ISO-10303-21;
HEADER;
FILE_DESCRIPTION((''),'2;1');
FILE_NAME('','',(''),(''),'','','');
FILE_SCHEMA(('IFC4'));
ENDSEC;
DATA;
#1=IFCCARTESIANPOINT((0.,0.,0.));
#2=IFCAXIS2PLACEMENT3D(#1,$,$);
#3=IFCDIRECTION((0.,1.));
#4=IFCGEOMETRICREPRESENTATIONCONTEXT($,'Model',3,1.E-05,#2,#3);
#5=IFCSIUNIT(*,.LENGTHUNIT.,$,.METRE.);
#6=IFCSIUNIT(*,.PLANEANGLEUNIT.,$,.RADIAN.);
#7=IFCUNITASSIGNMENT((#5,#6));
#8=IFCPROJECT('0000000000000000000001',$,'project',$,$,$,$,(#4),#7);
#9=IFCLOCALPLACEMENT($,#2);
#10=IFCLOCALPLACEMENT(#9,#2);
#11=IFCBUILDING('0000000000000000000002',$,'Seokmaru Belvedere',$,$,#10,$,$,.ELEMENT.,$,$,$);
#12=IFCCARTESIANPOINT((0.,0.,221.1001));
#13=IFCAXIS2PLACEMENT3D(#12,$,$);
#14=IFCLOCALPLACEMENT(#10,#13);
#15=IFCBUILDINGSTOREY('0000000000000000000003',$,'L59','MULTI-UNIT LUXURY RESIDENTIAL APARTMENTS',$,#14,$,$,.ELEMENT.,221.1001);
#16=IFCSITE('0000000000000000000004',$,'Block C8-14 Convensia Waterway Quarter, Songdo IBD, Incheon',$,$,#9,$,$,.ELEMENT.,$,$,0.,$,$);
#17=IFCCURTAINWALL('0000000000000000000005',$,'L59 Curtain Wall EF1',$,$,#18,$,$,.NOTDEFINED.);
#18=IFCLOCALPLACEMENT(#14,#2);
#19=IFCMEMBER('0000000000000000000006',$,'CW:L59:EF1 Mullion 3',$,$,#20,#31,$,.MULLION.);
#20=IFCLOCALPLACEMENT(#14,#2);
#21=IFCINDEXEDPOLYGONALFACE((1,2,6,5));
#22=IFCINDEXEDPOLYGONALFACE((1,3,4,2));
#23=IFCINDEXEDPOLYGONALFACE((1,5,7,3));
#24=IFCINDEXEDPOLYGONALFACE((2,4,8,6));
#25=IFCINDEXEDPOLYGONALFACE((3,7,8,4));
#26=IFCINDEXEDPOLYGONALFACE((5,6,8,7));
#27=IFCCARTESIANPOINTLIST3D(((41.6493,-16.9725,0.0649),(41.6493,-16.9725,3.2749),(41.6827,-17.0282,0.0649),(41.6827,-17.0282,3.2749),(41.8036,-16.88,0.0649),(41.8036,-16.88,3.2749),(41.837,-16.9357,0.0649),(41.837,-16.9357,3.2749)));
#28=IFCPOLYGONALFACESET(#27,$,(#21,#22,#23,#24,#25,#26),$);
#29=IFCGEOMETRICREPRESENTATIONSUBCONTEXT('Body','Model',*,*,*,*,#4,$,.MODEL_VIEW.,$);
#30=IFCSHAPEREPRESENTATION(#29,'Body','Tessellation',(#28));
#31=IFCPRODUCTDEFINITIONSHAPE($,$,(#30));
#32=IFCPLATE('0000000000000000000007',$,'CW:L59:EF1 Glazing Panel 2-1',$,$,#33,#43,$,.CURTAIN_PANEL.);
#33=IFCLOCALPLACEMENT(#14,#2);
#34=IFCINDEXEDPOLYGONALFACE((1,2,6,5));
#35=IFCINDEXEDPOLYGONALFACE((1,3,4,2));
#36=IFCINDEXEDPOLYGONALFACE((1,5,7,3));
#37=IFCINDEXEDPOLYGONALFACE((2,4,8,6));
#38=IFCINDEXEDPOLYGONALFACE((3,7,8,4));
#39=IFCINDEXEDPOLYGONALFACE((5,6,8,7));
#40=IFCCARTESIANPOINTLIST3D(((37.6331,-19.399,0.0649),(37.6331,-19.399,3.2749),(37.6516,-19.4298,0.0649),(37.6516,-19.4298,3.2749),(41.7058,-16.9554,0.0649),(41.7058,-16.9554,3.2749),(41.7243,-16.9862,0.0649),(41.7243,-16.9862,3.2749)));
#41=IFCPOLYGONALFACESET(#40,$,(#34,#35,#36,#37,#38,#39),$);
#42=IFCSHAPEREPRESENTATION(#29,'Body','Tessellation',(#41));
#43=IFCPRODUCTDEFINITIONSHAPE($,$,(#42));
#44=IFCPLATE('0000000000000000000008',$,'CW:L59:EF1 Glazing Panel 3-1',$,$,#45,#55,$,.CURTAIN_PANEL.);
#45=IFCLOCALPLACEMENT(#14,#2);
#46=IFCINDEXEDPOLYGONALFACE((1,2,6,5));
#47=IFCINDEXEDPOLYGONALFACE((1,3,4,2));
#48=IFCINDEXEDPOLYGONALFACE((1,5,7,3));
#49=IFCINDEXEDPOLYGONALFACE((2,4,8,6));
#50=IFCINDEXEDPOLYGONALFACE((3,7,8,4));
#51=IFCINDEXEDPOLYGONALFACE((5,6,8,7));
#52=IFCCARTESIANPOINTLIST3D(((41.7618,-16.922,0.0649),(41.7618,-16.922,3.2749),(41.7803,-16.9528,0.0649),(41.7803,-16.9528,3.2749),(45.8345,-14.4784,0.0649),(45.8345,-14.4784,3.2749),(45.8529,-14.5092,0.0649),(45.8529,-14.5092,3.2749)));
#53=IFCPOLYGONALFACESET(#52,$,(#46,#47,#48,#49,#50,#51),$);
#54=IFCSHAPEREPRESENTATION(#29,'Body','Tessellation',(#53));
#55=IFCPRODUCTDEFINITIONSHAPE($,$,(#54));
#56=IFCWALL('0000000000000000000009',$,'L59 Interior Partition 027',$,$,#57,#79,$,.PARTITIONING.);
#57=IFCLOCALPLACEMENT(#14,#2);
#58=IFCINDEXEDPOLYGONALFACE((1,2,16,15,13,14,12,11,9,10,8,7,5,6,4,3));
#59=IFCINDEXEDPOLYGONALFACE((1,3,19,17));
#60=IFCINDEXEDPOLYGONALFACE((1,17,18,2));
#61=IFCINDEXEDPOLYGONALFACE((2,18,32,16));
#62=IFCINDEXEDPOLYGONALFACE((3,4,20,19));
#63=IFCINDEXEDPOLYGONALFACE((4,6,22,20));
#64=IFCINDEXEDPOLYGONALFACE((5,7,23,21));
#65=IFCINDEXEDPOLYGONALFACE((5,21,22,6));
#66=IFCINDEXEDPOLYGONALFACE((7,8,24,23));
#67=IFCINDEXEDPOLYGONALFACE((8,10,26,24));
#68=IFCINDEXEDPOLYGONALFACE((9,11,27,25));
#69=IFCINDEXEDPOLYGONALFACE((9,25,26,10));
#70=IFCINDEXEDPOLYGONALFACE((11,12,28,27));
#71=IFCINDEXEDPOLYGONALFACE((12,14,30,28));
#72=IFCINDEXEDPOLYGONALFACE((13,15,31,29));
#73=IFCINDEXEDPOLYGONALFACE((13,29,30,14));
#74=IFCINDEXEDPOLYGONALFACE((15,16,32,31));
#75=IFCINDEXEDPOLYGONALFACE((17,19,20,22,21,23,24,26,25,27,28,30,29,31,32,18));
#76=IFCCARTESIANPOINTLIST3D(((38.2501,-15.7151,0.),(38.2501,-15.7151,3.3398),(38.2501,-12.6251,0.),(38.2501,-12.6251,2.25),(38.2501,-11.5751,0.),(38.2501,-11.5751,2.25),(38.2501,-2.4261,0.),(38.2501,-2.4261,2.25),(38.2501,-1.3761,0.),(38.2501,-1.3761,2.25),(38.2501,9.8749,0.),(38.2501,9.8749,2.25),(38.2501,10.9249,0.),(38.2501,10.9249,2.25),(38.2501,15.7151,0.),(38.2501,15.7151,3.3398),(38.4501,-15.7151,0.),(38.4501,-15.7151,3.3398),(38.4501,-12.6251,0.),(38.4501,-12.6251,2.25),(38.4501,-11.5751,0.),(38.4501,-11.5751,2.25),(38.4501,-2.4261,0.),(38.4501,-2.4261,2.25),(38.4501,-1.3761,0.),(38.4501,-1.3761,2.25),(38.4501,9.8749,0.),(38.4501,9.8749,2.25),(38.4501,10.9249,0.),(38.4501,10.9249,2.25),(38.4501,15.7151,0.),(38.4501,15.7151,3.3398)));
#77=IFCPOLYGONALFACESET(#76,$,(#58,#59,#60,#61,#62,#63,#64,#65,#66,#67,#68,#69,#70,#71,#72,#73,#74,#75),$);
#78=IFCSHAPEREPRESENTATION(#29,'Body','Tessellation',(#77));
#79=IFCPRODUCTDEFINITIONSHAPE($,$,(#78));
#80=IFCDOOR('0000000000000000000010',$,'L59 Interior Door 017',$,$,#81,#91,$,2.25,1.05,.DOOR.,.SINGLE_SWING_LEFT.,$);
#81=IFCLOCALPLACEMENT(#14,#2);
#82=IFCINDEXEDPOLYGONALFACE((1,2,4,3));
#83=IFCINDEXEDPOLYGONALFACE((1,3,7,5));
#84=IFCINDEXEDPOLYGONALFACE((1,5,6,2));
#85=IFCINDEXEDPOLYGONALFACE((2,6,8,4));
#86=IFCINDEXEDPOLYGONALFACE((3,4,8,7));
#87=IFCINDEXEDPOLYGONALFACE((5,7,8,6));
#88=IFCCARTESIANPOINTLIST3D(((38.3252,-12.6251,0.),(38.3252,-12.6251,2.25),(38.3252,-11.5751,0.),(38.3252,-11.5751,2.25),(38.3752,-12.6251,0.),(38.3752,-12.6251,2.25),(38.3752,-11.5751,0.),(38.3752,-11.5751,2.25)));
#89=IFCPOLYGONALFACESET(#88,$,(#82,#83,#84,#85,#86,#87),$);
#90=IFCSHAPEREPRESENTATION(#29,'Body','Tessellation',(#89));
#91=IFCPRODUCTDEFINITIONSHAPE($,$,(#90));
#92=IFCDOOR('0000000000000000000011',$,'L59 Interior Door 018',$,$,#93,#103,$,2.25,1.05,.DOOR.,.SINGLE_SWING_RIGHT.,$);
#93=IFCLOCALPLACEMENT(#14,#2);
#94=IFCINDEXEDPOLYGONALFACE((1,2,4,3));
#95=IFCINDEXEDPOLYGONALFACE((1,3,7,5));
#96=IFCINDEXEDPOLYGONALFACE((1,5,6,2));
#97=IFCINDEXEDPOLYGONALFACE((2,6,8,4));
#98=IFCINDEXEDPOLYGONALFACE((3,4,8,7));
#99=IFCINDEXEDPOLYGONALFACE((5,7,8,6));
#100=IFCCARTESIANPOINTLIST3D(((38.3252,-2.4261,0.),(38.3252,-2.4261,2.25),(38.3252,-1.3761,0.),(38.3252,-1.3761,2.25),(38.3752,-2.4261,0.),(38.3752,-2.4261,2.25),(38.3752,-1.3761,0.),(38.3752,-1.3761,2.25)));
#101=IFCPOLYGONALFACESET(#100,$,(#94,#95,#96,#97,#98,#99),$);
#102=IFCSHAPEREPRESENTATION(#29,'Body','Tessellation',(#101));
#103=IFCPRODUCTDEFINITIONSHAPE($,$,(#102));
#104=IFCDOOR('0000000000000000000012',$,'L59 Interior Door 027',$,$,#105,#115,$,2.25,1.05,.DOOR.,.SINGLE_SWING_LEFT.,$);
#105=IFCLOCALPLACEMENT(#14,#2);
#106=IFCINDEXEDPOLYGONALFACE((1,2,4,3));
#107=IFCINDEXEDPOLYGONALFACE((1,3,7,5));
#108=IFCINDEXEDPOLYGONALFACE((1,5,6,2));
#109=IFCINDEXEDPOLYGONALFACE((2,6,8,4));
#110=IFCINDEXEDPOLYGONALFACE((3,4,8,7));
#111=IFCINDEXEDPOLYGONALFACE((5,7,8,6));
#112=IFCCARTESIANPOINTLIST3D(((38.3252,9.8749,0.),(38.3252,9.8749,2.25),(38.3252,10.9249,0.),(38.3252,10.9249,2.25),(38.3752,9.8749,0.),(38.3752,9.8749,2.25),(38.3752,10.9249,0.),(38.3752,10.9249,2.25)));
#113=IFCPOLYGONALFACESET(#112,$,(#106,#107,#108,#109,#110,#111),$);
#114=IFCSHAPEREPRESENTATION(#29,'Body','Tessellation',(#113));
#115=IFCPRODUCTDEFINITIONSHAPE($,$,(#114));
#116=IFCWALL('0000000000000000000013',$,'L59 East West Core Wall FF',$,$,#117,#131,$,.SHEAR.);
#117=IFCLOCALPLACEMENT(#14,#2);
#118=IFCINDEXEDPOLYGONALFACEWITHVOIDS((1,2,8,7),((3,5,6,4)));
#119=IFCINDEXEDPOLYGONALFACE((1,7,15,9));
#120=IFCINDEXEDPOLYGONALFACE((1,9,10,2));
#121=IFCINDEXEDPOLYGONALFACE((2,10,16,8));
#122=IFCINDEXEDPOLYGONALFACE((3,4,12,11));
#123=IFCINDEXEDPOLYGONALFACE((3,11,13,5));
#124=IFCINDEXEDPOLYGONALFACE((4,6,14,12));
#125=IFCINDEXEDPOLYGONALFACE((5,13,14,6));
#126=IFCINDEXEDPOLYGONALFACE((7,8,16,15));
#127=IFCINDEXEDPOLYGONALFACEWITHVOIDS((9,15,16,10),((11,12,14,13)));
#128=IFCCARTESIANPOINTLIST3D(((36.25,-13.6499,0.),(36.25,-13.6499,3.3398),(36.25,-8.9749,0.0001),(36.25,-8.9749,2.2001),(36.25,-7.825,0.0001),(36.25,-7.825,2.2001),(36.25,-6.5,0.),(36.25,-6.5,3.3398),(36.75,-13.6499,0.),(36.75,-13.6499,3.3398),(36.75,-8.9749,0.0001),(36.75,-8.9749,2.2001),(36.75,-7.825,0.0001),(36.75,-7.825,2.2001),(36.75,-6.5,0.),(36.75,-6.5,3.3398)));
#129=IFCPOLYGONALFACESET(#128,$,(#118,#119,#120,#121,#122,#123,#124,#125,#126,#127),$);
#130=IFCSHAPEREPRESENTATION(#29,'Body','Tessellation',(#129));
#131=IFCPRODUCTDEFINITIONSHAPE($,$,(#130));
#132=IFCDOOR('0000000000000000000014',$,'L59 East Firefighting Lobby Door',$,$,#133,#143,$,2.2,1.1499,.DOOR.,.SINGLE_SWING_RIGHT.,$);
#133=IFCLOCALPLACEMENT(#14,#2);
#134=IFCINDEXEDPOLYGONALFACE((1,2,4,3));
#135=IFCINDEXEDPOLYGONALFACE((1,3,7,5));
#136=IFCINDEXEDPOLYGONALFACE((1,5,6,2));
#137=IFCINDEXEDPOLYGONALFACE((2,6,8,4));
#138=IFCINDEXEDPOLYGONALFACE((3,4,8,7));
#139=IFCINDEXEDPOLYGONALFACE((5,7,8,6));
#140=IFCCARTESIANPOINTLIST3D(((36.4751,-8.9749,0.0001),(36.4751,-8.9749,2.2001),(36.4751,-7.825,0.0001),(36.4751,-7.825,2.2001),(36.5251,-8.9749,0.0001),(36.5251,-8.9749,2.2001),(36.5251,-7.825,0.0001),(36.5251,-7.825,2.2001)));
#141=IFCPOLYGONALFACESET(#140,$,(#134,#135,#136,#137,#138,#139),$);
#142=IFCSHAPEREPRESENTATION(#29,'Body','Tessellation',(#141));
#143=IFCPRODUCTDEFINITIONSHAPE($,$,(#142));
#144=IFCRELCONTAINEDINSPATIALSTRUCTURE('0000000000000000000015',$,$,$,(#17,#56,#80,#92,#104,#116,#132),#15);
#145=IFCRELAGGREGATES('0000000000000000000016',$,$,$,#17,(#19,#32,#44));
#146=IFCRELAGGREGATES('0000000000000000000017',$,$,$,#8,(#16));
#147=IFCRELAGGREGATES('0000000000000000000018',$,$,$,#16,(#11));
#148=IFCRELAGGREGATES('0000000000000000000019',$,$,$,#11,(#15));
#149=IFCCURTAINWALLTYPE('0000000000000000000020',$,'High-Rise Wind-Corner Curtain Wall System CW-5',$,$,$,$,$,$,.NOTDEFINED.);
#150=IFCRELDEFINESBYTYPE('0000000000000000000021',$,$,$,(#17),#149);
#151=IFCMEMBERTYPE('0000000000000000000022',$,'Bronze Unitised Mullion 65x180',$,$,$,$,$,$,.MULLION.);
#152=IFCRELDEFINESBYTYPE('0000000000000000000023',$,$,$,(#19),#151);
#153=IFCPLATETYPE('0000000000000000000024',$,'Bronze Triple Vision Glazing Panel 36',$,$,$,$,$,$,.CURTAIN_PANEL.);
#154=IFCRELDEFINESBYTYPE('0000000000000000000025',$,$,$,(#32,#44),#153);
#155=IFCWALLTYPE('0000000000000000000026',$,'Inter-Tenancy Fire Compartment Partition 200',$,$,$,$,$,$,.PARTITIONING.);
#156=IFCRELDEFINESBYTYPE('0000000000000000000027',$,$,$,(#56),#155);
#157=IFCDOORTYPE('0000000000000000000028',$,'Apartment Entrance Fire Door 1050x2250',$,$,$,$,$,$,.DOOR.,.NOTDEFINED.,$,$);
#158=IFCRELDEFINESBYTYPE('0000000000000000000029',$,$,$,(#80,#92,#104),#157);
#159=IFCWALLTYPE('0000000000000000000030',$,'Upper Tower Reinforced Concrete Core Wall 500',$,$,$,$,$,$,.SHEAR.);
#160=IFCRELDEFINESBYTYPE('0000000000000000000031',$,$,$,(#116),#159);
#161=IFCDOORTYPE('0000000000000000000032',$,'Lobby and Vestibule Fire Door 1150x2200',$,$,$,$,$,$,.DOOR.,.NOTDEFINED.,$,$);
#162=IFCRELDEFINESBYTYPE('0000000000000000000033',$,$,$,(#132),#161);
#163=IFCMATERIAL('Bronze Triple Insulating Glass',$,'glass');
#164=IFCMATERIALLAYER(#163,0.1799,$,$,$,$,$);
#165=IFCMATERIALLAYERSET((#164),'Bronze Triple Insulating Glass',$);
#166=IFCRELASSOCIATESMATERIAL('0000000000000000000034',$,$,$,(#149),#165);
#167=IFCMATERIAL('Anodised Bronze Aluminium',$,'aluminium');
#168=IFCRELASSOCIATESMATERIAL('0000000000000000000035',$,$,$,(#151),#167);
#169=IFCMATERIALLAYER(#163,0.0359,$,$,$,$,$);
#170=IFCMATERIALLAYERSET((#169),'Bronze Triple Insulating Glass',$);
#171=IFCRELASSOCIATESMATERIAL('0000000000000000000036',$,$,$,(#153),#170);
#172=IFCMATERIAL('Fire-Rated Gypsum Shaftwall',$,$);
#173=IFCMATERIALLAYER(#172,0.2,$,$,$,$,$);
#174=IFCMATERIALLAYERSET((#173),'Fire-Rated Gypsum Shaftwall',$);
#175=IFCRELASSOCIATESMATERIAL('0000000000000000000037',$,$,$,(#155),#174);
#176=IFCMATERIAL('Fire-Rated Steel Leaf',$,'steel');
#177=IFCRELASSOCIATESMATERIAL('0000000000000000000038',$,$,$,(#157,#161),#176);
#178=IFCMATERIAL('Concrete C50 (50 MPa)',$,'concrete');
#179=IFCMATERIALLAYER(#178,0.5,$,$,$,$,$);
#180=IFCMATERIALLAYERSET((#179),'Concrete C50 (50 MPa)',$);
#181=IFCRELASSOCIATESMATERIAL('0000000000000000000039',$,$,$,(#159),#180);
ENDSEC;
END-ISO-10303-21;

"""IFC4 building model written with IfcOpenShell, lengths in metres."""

from ifc_helpers import new_model, si_unit, direction, frame, frame_2d, origin, origin_2d, place, context, subcontext, project, spatial, rectangle, extrude, source, transform, mapped, material, layer, layer_set, material_profile, profile_set, type_object, type_shapes, element, fill, aggregate, save


model = new_model("IFC4")

# Units and contexts
model_context = context("Model", 3, precision=1e-05, world=origin(), true_north=direction((0.0, 1.0)))
body_context = subcontext(model_context, "Body", "Model", "MODEL_VIEW")
ifc_project = project(units=[si_unit("LENGTHUNIT", "METRE"), si_unit("PLANEANGLEUNIT", "RADIAN")], contexts=[model_context])

# Site, building, storey
site_placement = place(None, origin())
site = spatial("IfcSite", under=ifc_project, at=site_placement, Name="Block C8-14 Convensia Waterway Quarter, Songdo IBD, Incheon", CompositionType="ELEMENT", RefElevation=0.0)
building_placement = place(site_placement, origin())
building = spatial("IfcBuilding", under=site, at=building_placement, Name="Seokmaru Belvedere", CompositionType="ELEMENT")
storey_placement = place(building_placement, frame((0.0, 0.0, 221.1001)))
storey = spatial("IfcBuildingStorey", under=building, at=storey_placement, Name="L59", Description="MULTI-UNIT LUXURY RESIDENTIAL APARTMENTS", CompositionType="ELEMENT", Elevation=221.1001)

# Curtain wall, member, plates
ifc_material_1 = material(Name="Bronze Triple Insulating Glass", Category="glass")
ifc_layer_1 = layer(ifc_material_1, 0.1799)
ifc_layer_set_1 = layer_set([ifc_layer_1], Name="Bronze Triple Insulating Glass")
curtain_wall_type = type_object("IfcCurtainWallType", Name="High-Rise Wind-Corner Curtain Wall System CW-5", PredefinedType="NOTDEFINED", material=ifc_layer_set_1)
curtain_wall_placement = place(storey_placement, origin())
curtain_wall = element("IfcCurtainWall", 1, at=curtain_wall_placement, inside=storey, type_object=curtain_wall_type, Name="L59 Curtain Wall EF1", PredefinedType="NOTDEFINED")
ifc_material_2 = material(Name="Anodised Bronze Aluminium", Category="aluminium")
ifc_material_profile_1 = material_profile(ifc_material_2, rectangle(XDim=0.0649, YDim=0.1799, at=origin_2d()), Name="CW-M-65x180")
ifc_profile_set_1 = profile_set([ifc_material_profile_1], Name="Anodised Bronze Aluminium")
member_type = type_object("IfcMemberType", Name="Bronze Unitised Mullion 65x180", PredefinedType="MULLION", material=ifc_profile_set_1)
shared_shape_1 = source(origin(), body_context, "Body", "SweptSolid", [
    extrude(rectangle(XDim=0.0649, YDim=0.1799, at=origin_2d()), origin(), (0.0, 0.0, 1.0), 3.21),
])
type_shapes(member_type, [shared_shape_1])
member_1_placement = place(storey_placement, frame((41.7432, -16.9541, 0.0649), z_axis=(0.0, 0.0, 1.0), x_axis=(-0.514495, 0.857493, 0.0)))
member_1 = element("IfcMember", 2, at=member_1_placement, type_object=member_type, Name="CW:L59:EF1 Mullion 3", PredefinedType="MULLION", context=body_context, shape_type="MappedRepresentation", body=[
    mapped(shared_shape_1, transform((0.0, 0.0, 0.0), scale=1.0)),
])
ifc_layer_2 = layer(ifc_material_1, 0.0359)
ifc_layer_set_2 = layer_set([ifc_layer_2], Name="Bronze Triple Insulating Glass")
plate_type = type_object("IfcPlateType", Name="Bronze Triple Vision Glazing Panel 36", PredefinedType="CURTAIN_PANEL", material=ifc_layer_set_2)
shared_shape_2 = source(origin(), body_context, "Body", "SweptSolid", [
    extrude(rectangle(XDim=4.7495, YDim=0.0359, at=origin_2d()), origin(), (0.0, 0.0, 1.0), 3.21),
])
type_shapes(plate_type, [shared_shape_2])
plate_1_placement = place(storey_placement, frame((39.6787, -18.1926, 0.0649), z_axis=(0.0, 0.0, 1.0), x_axis=(0.857493, 0.514495, 0.0)))
plate_1 = element("IfcPlate", 3, at=plate_1_placement, type_object=plate_type, Name="CW:L59:EF1 Glazing Panel 2-1", PredefinedType="CURTAIN_PANEL", context=body_context, shape_type="MappedRepresentation", body=[
    mapped(shared_shape_2, transform((0.0, 0.0, 0.0), scale=1.0)),
])
plate_2_placement = place(storey_placement, frame((43.8074, -15.7156, 0.0649), z_axis=(0.0, 0.0, 1.0), x_axis=(0.857493, 0.514495, 0.0)))
plate_2 = element("IfcPlate", 4, at=plate_2_placement, type_object=plate_type, Name="CW:L59:EF1 Glazing Panel 3-1", PredefinedType="CURTAIN_PANEL", context=body_context, shape_type="MappedRepresentation", body=[
    mapped(shared_shape_2, transform((0.0, 0.0, 0.0), scale=1.0)),
])
aggregate(curtain_wall, [member_1, plate_1, plate_2])

# Wall, openings, doors
ifc_material_3 = material(Name="Fire-Rated Gypsum Shaftwall")
ifc_layer_3 = layer(ifc_material_3, 0.2)
ifc_layer_set_3 = layer_set([ifc_layer_3], Name="Fire-Rated Gypsum Shaftwall")
wall_type_1 = type_object("IfcWallType", Name="Inter-Tenancy Fire Compartment Partition 200", PredefinedType="PARTITIONING", material=ifc_layer_set_3)
wall_1_placement = place(storey_placement, frame((38.3501, -15.7151, 0.0), z_axis=(0.0, 0.0, 1.0), x_axis=(0.0, 1.0, 0.0)))
wall_1 = element("IfcWall", 5, at=wall_1_placement, inside=storey, type_object=wall_type_1, Name="L59 Interior Partition 027", PredefinedType="PARTITIONING", context=body_context, shape_type="SweptSolid", body=[
    extrude(rectangle(XDim=31.4302, YDim=0.2, at=frame_2d((15.7151, 0.0))), origin(), (0.0, 0.0, 1.0), 3.3398),
])
opening_1_placement = place(wall_1_placement, frame((3.0901, 0.0, 0.0)))
opening_1 = element("IfcOpeningElement", 6, at=opening_1_placement, cuts=wall_1, PredefinedType="OPENING", context=body_context, shape_type="SweptSolid", body=[
    extrude(rectangle(XDim=1.05, YDim=2.25, at=frame_2d((0.5249, 1.125))), frame((0.0, 0.1099, 0.0), z_axis=(0.0, -1.0, 0.0), x_axis=(1.0, 0.0, 0.0)), (0.0, 0.0, 1.0), 0.22),
])
opening_2_placement = place(wall_1_placement, frame((13.2891, 0.0, 0.0)))
opening_2 = element("IfcOpeningElement", 7, at=opening_2_placement, cuts=wall_1, PredefinedType="OPENING", context=body_context, shape_type="SweptSolid", body=[
    extrude(rectangle(XDim=1.05, YDim=2.25, at=frame_2d((0.5249, 1.125))), frame((0.0, 0.1099, 0.0), z_axis=(0.0, -1.0, 0.0), x_axis=(1.0, 0.0, 0.0)), (0.0, 0.0, 1.0), 0.22),
])
opening_3_placement = place(wall_1_placement, frame((25.5901, 0.0, 0.0)))
opening_3 = element("IfcOpeningElement", 8, at=opening_3_placement, cuts=wall_1, PredefinedType="OPENING", context=body_context, shape_type="SweptSolid", body=[
    extrude(rectangle(XDim=1.05, YDim=2.25, at=frame_2d((0.5249, 1.125))), frame((0.0, 0.1099, 0.0), z_axis=(0.0, -1.0, 0.0), x_axis=(1.0, 0.0, 0.0)), (0.0, 0.0, 1.0), 0.22),
])
ifc_material_4 = material(Name="Fire-Rated Steel Leaf", Category="steel")
door_type_1 = type_object("IfcDoorType", Name="Apartment Entrance Fire Door 1050x2250", OperationType="NOTDEFINED", PredefinedType="DOOR", material=ifc_material_4)
shared_shape_3 = source(origin(), body_context, "Body", "SweptSolid", [
    extrude(rectangle(XDim=1.05, YDim=2.25, at=frame_2d((0.5249, 1.125))), frame((0.0, 0.0249, 0.0), z_axis=(0.0, -1.0, 0.0), x_axis=(1.0, 0.0, 0.0)), (0.0, 0.0, 1.0), 0.05),
])
type_shapes(door_type_1, [shared_shape_3])
door_1_placement = place(opening_1_placement, origin())
door_1 = element("IfcDoor", 9, at=door_1_placement, inside=storey, type_object=door_type_1, Name="L59 Interior Door 017", OperationType="SINGLE_SWING_LEFT", OverallHeight=2.25, OverallWidth=1.05, PredefinedType="DOOR", context=body_context, shape_type="MappedRepresentation", body=[
    mapped(shared_shape_3, transform((0.0, 0.0, 0.0), scale=1.0)),
])
fill(opening_1, door_1)
door_2_placement = place(opening_2_placement, origin())
door_2 = element("IfcDoor", 10, at=door_2_placement, inside=storey, type_object=door_type_1, Name="L59 Interior Door 018", OperationType="SINGLE_SWING_RIGHT", OverallHeight=2.25, OverallWidth=1.05, PredefinedType="DOOR", context=body_context, shape_type="MappedRepresentation", body=[
    mapped(shared_shape_3, transform((0.0, 0.0, 0.0), scale=1.0)),
])
fill(opening_2, door_2)
door_3_placement = place(opening_3_placement, origin())
door_3 = element("IfcDoor", 11, at=door_3_placement, inside=storey, type_object=door_type_1, Name="L59 Interior Door 027", OperationType="SINGLE_SWING_LEFT", OverallHeight=2.25, OverallWidth=1.05, PredefinedType="DOOR", context=body_context, shape_type="MappedRepresentation", body=[
    mapped(shared_shape_3, transform((0.0, 0.0, 0.0), scale=1.0)),
])
fill(opening_3, door_3)

# Wall, opening, door
ifc_material_5 = material(Name="Concrete C50 (50 MPa)", Category="concrete")
ifc_layer_4 = layer(ifc_material_5, 0.5)
ifc_layer_set_4 = layer_set([ifc_layer_4], Name="Concrete C50 (50 MPa)")
wall_type_2 = type_object("IfcWallType", Name="Upper Tower Reinforced Concrete Core Wall 500", PredefinedType="SHEAR", material=ifc_layer_set_4)
wall_2_placement = place(storey_placement, frame((36.5, -13.6499, 0.0), z_axis=(0.0, 0.0, 1.0), x_axis=(0.0, 1.0, 0.0)))
wall_2 = element("IfcWall", 12, at=wall_2_placement, inside=storey, type_object=wall_type_2, Name="L59 East West Core Wall FF", PredefinedType="SHEAR", context=body_context, shape_type="SweptSolid", body=[
    extrude(rectangle(XDim=7.1499, YDim=0.5, at=frame_2d((3.575, 0.0))), origin(), (0.0, 0.0, 1.0), 3.3398),
])
opening_4_placement = place(wall_2_placement, frame((4.675, 0.0, 0.0)))
opening_4 = element("IfcOpeningElement", 13, at=opening_4_placement, cuts=wall_2, PredefinedType="OPENING", context=body_context, shape_type="SweptSolid", body=[
    extrude(rectangle(XDim=1.1499, YDim=2.2, at=frame_2d((0.575, 1.1001))), frame((0.0, 0.26, 0.0), z_axis=(0.0, -1.0, 0.0), x_axis=(1.0, 0.0, 0.0)), (0.0, 0.0, 1.0), 0.52),
])
door_type_2 = type_object("IfcDoorType", Name="Lobby and Vestibule Fire Door 1150x2200", OperationType="NOTDEFINED", PredefinedType="DOOR", material=ifc_material_4)
shared_shape_4 = source(origin(), body_context, "Body", "SweptSolid", [
    extrude(rectangle(XDim=1.1499, YDim=2.2, at=frame_2d((0.575, 1.1001))), frame((0.0, 0.0249, 0.0), z_axis=(0.0, -1.0, 0.0), x_axis=(1.0, 0.0, 0.0)), (0.0, 0.0, 1.0), 0.05),
])
type_shapes(door_type_2, [shared_shape_4])
door_4_placement = place(opening_4_placement, origin())
door_4 = element("IfcDoor", 14, at=door_4_placement, inside=storey, type_object=door_type_2, Name="L59 East Firefighting Lobby Door", OperationType="SINGLE_SWING_RIGHT", OverallHeight=2.2, OverallWidth=1.1499, PredefinedType="DOOR", context=body_context, shape_type="MappedRepresentation", body=[
    mapped(shared_shape_4, transform((0.0, 0.0, 0.0), scale=1.0)),
])
fill(opening_4, door_4)

save(model, "model.ifc")
